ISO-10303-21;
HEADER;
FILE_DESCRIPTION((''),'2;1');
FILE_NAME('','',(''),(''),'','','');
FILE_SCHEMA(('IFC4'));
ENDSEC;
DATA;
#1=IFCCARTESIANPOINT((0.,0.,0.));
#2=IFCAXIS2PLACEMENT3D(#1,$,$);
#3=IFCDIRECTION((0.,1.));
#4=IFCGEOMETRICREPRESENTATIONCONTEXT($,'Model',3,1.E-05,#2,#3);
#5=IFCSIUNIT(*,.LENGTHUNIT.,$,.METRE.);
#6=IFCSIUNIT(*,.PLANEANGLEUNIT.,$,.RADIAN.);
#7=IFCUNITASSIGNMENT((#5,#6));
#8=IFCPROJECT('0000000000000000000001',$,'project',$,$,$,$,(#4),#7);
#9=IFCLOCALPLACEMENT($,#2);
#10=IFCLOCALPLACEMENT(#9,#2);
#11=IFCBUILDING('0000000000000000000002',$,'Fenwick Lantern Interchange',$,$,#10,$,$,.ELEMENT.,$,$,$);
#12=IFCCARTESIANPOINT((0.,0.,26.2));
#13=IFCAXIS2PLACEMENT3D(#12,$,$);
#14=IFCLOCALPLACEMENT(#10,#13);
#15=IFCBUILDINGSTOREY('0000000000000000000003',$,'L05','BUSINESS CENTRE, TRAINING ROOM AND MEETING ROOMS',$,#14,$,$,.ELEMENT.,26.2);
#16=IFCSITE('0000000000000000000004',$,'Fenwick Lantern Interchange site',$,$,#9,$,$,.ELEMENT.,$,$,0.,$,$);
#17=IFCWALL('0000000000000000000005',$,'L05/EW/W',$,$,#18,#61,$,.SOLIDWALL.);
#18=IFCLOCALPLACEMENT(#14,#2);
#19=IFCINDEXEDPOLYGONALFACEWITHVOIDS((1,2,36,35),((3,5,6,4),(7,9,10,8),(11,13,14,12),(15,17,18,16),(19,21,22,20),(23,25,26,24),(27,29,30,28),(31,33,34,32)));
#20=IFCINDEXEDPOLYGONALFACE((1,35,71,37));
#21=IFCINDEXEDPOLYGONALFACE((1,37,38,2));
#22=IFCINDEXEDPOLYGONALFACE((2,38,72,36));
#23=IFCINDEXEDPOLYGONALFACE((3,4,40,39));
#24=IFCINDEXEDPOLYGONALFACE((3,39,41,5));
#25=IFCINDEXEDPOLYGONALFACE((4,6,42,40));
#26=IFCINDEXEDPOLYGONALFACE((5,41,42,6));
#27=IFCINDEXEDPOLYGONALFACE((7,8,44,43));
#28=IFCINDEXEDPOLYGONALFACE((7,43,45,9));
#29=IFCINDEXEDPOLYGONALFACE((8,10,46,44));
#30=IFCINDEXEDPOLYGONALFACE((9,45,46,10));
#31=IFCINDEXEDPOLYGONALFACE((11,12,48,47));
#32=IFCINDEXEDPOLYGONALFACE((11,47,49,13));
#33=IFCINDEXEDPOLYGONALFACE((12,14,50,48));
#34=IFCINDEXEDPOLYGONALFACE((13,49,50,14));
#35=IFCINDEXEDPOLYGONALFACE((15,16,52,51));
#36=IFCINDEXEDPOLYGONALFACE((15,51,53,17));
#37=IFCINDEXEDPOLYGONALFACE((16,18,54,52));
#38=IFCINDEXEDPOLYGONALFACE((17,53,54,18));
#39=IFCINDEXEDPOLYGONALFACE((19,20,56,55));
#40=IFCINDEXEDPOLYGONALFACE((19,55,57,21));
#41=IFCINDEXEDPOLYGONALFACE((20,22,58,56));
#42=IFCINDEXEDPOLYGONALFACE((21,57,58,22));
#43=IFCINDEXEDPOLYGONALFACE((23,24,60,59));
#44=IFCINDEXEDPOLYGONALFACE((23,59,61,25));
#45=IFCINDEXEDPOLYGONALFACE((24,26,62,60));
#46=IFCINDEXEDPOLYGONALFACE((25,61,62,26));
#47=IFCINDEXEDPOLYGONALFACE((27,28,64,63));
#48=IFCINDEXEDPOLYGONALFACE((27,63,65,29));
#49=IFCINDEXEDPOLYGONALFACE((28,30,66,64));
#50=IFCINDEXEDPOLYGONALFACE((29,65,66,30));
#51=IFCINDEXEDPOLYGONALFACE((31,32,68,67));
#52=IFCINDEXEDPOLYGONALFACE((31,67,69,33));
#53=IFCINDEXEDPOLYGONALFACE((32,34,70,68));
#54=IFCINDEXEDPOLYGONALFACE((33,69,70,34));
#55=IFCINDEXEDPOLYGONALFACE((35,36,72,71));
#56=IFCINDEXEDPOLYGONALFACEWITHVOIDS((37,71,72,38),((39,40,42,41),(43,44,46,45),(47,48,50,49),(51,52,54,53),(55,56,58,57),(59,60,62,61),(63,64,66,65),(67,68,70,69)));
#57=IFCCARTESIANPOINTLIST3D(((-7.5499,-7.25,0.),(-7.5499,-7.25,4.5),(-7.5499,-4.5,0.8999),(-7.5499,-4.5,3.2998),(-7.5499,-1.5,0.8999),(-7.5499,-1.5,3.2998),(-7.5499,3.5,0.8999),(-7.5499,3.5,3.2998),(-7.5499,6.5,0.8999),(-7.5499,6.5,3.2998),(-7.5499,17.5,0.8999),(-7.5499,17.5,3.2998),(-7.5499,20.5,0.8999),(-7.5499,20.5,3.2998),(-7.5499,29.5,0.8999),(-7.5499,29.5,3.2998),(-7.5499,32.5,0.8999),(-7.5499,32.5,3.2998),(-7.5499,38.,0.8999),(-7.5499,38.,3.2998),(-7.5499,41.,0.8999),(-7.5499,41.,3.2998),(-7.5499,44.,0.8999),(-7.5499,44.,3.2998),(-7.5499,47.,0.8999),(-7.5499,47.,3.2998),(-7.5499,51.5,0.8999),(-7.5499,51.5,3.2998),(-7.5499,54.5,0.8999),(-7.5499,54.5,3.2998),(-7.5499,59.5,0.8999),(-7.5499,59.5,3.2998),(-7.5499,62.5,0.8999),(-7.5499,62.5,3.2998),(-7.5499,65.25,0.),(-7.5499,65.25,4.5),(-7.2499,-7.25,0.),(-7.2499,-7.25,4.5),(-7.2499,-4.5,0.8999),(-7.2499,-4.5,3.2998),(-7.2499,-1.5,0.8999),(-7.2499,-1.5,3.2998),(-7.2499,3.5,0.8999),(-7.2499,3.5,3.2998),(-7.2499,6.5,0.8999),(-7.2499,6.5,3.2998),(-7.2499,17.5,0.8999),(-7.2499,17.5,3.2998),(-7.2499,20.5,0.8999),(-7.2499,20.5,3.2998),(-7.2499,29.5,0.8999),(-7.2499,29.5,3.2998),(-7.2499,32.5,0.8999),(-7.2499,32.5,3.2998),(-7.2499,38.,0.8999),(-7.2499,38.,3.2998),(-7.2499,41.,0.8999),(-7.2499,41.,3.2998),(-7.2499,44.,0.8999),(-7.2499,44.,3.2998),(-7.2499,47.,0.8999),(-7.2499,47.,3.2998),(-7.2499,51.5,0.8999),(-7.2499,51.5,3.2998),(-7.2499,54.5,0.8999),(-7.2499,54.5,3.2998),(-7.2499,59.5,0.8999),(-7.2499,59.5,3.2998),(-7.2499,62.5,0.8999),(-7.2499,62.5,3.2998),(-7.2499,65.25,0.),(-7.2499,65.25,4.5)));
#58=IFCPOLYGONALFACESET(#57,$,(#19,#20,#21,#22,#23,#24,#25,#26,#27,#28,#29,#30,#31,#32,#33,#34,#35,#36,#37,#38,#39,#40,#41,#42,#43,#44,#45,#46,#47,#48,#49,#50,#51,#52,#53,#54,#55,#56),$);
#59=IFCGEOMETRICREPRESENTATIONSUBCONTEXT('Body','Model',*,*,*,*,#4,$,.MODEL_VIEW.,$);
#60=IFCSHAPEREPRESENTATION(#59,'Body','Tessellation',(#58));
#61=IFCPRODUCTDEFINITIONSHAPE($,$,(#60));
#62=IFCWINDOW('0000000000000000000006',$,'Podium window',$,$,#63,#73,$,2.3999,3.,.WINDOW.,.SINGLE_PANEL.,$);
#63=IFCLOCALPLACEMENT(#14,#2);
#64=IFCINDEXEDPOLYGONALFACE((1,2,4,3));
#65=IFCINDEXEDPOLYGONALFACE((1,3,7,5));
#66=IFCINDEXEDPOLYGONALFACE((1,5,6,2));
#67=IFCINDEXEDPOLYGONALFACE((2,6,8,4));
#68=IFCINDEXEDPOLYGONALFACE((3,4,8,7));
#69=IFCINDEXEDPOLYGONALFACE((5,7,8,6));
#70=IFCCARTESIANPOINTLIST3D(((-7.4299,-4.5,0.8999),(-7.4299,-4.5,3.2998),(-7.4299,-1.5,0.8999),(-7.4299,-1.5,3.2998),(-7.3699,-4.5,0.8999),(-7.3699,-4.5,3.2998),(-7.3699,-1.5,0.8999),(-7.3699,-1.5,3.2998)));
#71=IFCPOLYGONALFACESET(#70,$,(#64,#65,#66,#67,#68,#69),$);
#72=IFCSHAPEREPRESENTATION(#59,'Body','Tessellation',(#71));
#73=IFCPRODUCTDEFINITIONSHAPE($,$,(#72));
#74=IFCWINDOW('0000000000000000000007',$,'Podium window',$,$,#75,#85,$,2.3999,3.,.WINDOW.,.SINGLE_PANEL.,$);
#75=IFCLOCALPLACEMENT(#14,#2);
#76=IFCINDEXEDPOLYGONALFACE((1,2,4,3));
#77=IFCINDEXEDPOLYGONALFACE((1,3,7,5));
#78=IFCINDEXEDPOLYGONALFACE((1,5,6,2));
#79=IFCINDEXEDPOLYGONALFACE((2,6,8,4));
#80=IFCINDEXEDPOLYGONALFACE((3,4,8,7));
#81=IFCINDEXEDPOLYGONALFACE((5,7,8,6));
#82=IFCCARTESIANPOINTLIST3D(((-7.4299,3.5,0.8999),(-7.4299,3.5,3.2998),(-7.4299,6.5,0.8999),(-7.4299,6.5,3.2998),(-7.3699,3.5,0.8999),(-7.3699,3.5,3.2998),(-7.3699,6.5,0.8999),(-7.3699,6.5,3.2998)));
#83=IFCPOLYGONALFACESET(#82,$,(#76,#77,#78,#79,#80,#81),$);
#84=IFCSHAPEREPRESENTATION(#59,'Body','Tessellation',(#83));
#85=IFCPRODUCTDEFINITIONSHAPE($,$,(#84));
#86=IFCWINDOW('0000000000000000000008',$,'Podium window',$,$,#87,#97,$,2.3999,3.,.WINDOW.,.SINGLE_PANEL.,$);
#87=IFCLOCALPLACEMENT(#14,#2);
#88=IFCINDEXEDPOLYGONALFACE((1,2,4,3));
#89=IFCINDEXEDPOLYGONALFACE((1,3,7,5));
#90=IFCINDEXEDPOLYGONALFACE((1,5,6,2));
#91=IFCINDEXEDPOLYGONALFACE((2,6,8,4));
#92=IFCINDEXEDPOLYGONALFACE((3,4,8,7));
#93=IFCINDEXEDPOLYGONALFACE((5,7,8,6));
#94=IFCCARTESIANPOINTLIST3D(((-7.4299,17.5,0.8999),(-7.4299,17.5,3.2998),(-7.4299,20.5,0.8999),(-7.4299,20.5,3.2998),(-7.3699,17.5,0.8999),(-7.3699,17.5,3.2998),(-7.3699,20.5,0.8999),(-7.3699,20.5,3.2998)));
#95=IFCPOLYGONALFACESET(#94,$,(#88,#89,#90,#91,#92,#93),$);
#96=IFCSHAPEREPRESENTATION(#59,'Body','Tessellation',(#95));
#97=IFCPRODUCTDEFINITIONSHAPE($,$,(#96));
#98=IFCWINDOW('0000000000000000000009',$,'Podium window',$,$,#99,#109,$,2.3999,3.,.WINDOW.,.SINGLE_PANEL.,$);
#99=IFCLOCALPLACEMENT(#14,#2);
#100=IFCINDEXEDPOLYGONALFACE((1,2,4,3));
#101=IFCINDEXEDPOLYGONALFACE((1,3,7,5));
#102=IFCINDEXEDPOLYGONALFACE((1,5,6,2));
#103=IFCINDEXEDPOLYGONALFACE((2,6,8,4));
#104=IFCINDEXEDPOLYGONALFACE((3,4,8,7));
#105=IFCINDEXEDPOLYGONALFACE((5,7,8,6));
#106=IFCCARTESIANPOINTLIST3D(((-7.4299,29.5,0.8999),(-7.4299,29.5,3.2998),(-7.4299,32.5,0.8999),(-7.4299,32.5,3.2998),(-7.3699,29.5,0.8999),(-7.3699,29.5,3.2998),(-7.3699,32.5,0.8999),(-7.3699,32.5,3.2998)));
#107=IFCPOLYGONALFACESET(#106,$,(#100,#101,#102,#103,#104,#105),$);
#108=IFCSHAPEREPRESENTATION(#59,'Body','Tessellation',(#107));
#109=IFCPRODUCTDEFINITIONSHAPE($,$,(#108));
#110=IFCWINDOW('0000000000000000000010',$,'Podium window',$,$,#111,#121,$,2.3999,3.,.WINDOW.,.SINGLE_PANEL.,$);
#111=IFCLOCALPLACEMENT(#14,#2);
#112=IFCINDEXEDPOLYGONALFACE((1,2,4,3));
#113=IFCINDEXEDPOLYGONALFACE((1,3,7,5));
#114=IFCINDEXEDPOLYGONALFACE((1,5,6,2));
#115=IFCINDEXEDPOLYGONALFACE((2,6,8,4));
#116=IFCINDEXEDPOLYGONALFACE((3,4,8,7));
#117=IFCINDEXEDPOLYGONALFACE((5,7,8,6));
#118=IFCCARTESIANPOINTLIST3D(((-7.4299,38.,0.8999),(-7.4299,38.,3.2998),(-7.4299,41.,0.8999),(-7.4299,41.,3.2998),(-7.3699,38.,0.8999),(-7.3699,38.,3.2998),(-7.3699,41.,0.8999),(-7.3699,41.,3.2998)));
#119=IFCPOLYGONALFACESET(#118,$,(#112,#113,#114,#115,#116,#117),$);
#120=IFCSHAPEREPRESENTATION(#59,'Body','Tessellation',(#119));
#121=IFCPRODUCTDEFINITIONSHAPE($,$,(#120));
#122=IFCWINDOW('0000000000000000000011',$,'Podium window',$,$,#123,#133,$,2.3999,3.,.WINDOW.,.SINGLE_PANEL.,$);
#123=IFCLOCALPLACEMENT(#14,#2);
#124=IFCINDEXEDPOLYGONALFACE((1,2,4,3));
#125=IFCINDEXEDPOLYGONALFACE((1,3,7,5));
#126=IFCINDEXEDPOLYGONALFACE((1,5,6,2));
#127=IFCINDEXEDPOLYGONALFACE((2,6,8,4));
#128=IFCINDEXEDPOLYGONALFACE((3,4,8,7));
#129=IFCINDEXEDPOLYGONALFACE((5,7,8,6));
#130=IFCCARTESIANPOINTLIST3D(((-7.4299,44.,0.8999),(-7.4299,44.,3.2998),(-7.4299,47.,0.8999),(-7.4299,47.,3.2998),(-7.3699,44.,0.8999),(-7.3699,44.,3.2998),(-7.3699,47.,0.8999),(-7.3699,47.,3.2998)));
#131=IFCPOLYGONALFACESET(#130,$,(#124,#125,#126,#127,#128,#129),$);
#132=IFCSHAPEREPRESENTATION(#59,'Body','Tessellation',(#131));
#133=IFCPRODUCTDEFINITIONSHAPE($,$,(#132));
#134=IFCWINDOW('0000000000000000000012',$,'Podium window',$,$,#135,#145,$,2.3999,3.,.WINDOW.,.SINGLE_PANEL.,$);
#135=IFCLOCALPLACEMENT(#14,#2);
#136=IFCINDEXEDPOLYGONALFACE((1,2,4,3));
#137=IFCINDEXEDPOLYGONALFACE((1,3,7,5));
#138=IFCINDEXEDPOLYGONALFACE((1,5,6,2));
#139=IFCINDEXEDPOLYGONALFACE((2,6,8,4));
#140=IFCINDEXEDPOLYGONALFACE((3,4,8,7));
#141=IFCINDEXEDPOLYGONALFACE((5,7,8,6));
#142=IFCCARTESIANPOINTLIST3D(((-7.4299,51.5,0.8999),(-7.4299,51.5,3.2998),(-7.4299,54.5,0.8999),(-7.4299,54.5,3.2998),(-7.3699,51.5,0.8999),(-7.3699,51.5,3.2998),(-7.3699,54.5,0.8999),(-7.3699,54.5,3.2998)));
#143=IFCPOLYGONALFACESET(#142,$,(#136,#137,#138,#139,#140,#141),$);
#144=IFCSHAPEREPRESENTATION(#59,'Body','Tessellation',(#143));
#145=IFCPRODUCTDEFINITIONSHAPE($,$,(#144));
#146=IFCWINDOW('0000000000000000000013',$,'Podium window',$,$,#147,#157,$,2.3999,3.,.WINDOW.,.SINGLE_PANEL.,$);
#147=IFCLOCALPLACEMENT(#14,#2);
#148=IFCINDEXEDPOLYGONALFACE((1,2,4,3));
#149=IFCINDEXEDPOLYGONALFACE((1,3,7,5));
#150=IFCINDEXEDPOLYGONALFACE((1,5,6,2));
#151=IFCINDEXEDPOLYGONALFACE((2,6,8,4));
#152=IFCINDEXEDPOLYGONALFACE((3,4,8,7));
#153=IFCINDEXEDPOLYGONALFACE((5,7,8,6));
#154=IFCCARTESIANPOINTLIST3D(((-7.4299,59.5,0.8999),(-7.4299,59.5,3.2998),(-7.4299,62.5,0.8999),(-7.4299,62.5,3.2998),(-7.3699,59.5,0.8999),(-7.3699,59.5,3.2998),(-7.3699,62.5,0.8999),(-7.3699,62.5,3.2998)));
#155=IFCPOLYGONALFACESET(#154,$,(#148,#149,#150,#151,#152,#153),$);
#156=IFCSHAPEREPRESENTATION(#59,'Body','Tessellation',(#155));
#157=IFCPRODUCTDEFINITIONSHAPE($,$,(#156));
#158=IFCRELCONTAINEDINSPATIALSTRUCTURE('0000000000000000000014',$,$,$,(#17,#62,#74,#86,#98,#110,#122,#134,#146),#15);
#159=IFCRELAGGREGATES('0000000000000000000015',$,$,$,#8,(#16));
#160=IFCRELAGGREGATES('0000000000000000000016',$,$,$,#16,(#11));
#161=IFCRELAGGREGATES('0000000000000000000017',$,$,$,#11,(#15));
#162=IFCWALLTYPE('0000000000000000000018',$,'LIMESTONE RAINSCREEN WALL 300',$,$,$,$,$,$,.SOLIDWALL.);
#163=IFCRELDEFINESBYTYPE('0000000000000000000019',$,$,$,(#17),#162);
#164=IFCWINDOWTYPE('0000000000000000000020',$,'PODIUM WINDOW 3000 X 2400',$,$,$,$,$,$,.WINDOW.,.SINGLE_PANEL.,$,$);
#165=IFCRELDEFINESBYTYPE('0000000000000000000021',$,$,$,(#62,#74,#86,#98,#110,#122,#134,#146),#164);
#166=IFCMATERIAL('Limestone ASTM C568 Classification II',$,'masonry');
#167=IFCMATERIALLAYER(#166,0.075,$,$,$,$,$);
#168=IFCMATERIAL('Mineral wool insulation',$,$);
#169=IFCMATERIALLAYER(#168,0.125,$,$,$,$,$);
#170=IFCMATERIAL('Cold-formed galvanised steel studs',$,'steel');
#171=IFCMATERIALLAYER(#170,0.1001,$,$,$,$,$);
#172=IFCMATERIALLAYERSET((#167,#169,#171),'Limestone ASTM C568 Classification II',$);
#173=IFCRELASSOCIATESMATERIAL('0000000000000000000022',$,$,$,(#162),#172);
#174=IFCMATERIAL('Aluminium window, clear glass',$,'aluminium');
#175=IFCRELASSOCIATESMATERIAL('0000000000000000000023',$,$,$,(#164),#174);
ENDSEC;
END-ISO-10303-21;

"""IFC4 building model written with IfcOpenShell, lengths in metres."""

from ifc_helpers import new_model, si_unit, direction, frame, frame_2d, origin, place, context, subcontext, project, spatial, rectangle, extrude, material, layer, layer_set, type_object, element, fill, save


model = new_model("IFC4")

# Units and contexts
model_context = context("Model", 3, precision=1e-05, world=origin(), true_north=direction((0.0, 1.0)))
body_context = subcontext(model_context, "Body", "Model", "MODEL_VIEW")
ifc_project = project(units=[si_unit("LENGTHUNIT", "METRE"), si_unit("PLANEANGLEUNIT", "RADIAN")], contexts=[model_context])

# Site, building, storey
site_placement = place(None, origin())
site = spatial("IfcSite", under=ifc_project, at=site_placement, Name="Fenwick Lantern Interchange site", CompositionType="ELEMENT", RefElevation=0.0)
building_placement = place(site_placement, origin())
building = spatial("IfcBuilding", under=site, at=building_placement, Name="Fenwick Lantern Interchange", CompositionType="ELEMENT")
storey_placement = place(building_placement, frame((0.0, 0.0, 26.2)))
storey = spatial("IfcBuildingStorey", under=building, at=storey_placement, Name="L05", Description="BUSINESS CENTRE, TRAINING ROOM AND MEETING ROOMS", CompositionType="ELEMENT", Elevation=26.2)

# Wall, openings, windows
ifc_material_1 = material(Name="Limestone ASTM C568 Classification II", Category="masonry")
ifc_layer_1 = layer(ifc_material_1, 0.075)
ifc_material_2 = material(Name="Mineral wool insulation")
ifc_layer_2 = layer(ifc_material_2, 0.125)
ifc_material_3 = material(Name="Cold-formed galvanised steel studs", Category="steel")
ifc_layer_3 = layer(ifc_material_3, 0.1001)
ifc_layer_set_1 = layer_set([ifc_layer_1, ifc_layer_2, ifc_layer_3], Name="Limestone ASTM C568 Classification II")
wall_type_1 = type_object("IfcWallType", Name="LIMESTONE RAINSCREEN WALL 300", PredefinedType="SOLIDWALL", material=ifc_layer_set_1)
wall_1_placement = place(storey_placement, frame((-7.3999, 65.25, 0.0), z_axis=(0.0, 0.0, 1.0), x_axis=(0.0, -1.0, 0.0)))
wall_1 = element("IfcWall", 1, at=wall_1_placement, inside=storey, type_object=wall_type_1, Name="L05/EW/W", PredefinedType="SOLIDWALL", context=body_context, shape_type="SweptSolid", body=[
    extrude(rectangle(XDim=72.5, YDim=0.3, at=frame_2d((36.25, 0.0))), origin(), (0.0, 0.0, 1.0), 4.5),
])
opening_1_placement = place(wall_1_placement, frame((66.75, 0.0, 0.8999)))
opening_1 = element("IfcOpeningElement", 2, at=opening_1_placement, cuts=wall_1, PredefinedType="OPENING", context=body_context, shape_type="SweptSolid", body=[
    extrude(rectangle(XDim=3.0, YDim=2.3999, at=frame_2d((1.5, 1.2))), frame((0.0, 0.1599, 0.0), z_axis=(0.0, -1.0, 0.0), x_axis=(1.0, 0.0, 0.0)), (0.0, 0.0, 1.0), 0.3201),
])
opening_2_placement = place(wall_1_placement, frame((58.75, 0.0, 0.8999)))
opening_2 = element("IfcOpeningElement", 3, at=opening_2_placement, cuts=wall_1, PredefinedType="OPENING", context=body_context, shape_type="SweptSolid", body=[
    extrude(rectangle(XDim=3.0, YDim=2.3999, at=frame_2d((1.5, 1.2))), frame((0.0, 0.1599, 0.0), z_axis=(0.0, -1.0, 0.0), x_axis=(1.0, 0.0, 0.0)), (0.0, 0.0, 1.0), 0.3201),
])
opening_3_placement = place(wall_1_placement, frame((44.75, 0.0, 0.8999)))
opening_3 = element("IfcOpeningElement", 4, at=opening_3_placement, cuts=wall_1, PredefinedType="OPENING", context=body_context, shape_type="SweptSolid", body=[
    extrude(rectangle(XDim=3.0, YDim=2.3999, at=frame_2d((1.5, 1.2))), frame((0.0, 0.1599, 0.0), z_axis=(0.0, -1.0, 0.0), x_axis=(1.0, 0.0, 0.0)), (0.0, 0.0, 1.0), 0.3201),
])
opening_4_placement = place(wall_1_placement, frame((32.75, 0.0, 0.8999)))
opening_4 = element("IfcOpeningElement", 5, at=opening_4_placement, cuts=wall_1, PredefinedType="OPENING", context=body_context, shape_type="SweptSolid", body=[
    extrude(rectangle(XDim=3.0, YDim=2.3999, at=frame_2d((1.5, 1.2))), frame((0.0, 0.1599, 0.0), z_axis=(0.0, -1.0, 0.0), x_axis=(1.0, 0.0, 0.0)), (0.0, 0.0, 1.0), 0.3201),
])
opening_5_placement = place(wall_1_placement, frame((24.25, 0.0, 0.8999)))
opening_5 = element("IfcOpeningElement", 6, at=opening_5_placement, cuts=wall_1, PredefinedType="OPENING", context=body_context, shape_type="SweptSolid", body=[
    extrude(rectangle(XDim=3.0, YDim=2.3999, at=frame_2d((1.5, 1.2))), frame((0.0, 0.1599, 0.0), z_axis=(0.0, -1.0, 0.0), x_axis=(1.0, 0.0, 0.0)), (0.0, 0.0, 1.0), 0.3201),
])
opening_6_placement = place(wall_1_placement, frame((18.25, 0.0, 0.8999)))
opening_6 = element("IfcOpeningElement", 7, at=opening_6_placement, cuts=wall_1, PredefinedType="OPENING", context=body_context, shape_type="SweptSolid", body=[
    extrude(rectangle(XDim=3.0, YDim=2.3999, at=frame_2d((1.5, 1.2))), frame((0.0, 0.1599, 0.0), z_axis=(0.0, -1.0, 0.0), x_axis=(1.0, 0.0, 0.0)), (0.0, 0.0, 1.0), 0.3201),
])
opening_7_placement = place(wall_1_placement, frame((10.75, 0.0, 0.8999)))
opening_7 = element("IfcOpeningElement", 8, at=opening_7_placement, cuts=wall_1, PredefinedType="OPENING", context=body_context, shape_type="SweptSolid", body=[
    extrude(rectangle(XDim=3.0, YDim=2.3999, at=frame_2d((1.5, 1.2))), frame((0.0, 0.1599, 0.0), z_axis=(0.0, -1.0, 0.0), x_axis=(1.0, 0.0, 0.0)), (0.0, 0.0, 1.0), 0.3201),
])
opening_8_placement = place(wall_1_placement, frame((2.75, 0.0, 0.8999)))
opening_8 = element("IfcOpeningElement", 9, at=opening_8_placement, cuts=wall_1, PredefinedType="OPENING", context=body_context, shape_type="SweptSolid", body=[
    extrude(rectangle(XDim=3.0, YDim=2.3999, at=frame_2d((1.5, 1.2))), frame((0.0, 0.1599, 0.0), z_axis=(0.0, -1.0, 0.0), x_axis=(1.0, 0.0, 0.0)), (0.0, 0.0, 1.0), 0.3201),
])
ifc_material_4 = material(Name="Aluminium window, clear glass", Category="aluminium")
window_type = type_object("IfcWindowType", Name="PODIUM WINDOW 3000 X 2400", PartitioningType="SINGLE_PANEL", PredefinedType="WINDOW", material=ifc_material_4)
window_1_placement = place(opening_1_placement, origin())
window_1 = element("IfcWindow", 10, at=window_1_placement, inside=storey, type_object=window_type, Name="Podium window", OverallHeight=2.3999, OverallWidth=3.0, PartitioningType="SINGLE_PANEL", PredefinedType="WINDOW", context=body_context, shape_type="SweptSolid", body=[
    extrude(rectangle(XDim=3.0, YDim=2.3999, at=frame_2d((1.5, 1.2))), frame((0.0, 0.03, 0.0), z_axis=(0.0, -1.0, 0.0), x_axis=(1.0, 0.0, 0.0)), (0.0, 0.0, 1.0), 0.0601),
])
fill(opening_1, window_1)
window_2_placement = place(opening_2_placement, origin())
window_2 = element("IfcWindow", 11, at=window_2_placement, inside=storey, type_object=window_type, Name="Podium window", OverallHeight=2.3999, OverallWidth=3.0, PartitioningType="SINGLE_PANEL", PredefinedType="WINDOW", context=body_context, shape_type="SweptSolid", body=[
    extrude(rectangle(XDim=3.0, YDim=2.3999, at=frame_2d((1.5, 1.2))), frame((0.0, 0.03, 0.0), z_axis=(0.0, -1.0, 0.0), x_axis=(1.0, 0.0, 0.0)), (0.0, 0.0, 1.0), 0.0601),
])
fill(opening_2, window_2)
window_3_placement = place(opening_3_placement, origin())
window_3 = element("IfcWindow", 12, at=window_3_placement, inside=storey, type_object=window_type, Name="Podium window", OverallHeight=2.3999, OverallWidth=3.0, PartitioningType="SINGLE_PANEL", PredefinedType="WINDOW", context=body_context, shape_type="SweptSolid", body=[
    extrude(rectangle(XDim=3.0, YDim=2.3999, at=frame_2d((1.5, 1.2))), frame((0.0, 0.03, 0.0), z_axis=(0.0, -1.0, 0.0), x_axis=(1.0, 0.0, 0.0)), (0.0, 0.0, 1.0), 0.0601),
])
fill(opening_3, window_3)
window_4_placement = place(opening_4_placement, origin())
window_4 = element("IfcWindow", 13, at=window_4_placement, inside=storey, type_object=window_type, Name="Podium window", OverallHeight=2.3999, OverallWidth=3.0, PartitioningType="SINGLE_PANEL", PredefinedType="WINDOW", context=body_context, shape_type="SweptSolid", body=[
    extrude(rectangle(XDim=3.0, YDim=2.3999, at=frame_2d((1.5, 1.2))), frame((0.0, 0.03, 0.0), z_axis=(0.0, -1.0, 0.0), x_axis=(1.0, 0.0, 0.0)), (0.0, 0.0, 1.0), 0.0601),
])
fill(opening_4, window_4)
window_5_placement = place(opening_5_placement, origin())
window_5 = element("IfcWindow", 14, at=window_5_placement, inside=storey, type_object=window_type, Name="Podium window", OverallHeight=2.3999, OverallWidth=3.0, PartitioningType="SINGLE_PANEL", PredefinedType="WINDOW", context=body_context, shape_type="SweptSolid", body=[
    extrude(rectangle(XDim=3.0, YDim=2.3999, at=frame_2d((1.5, 1.2))), frame((0.0, 0.03, 0.0), z_axis=(0.0, -1.0, 0.0), x_axis=(1.0, 0.0, 0.0)), (0.0, 0.0, 1.0), 0.0601),
])
fill(opening_5, window_5)
window_6_placement = place(opening_6_placement, origin())
window_6 = element("IfcWindow", 15, at=window_6_placement, inside=storey, type_object=window_type, Name="Podium window", OverallHeight=2.3999, OverallWidth=3.0, PartitioningType="SINGLE_PANEL", PredefinedType="WINDOW", context=body_context, shape_type="SweptSolid", body=[
    extrude(rectangle(XDim=3.0, YDim=2.3999, at=frame_2d((1.5, 1.2))), frame((0.0, 0.03, 0.0), z_axis=(0.0, -1.0, 0.0), x_axis=(1.0, 0.0, 0.0)), (0.0, 0.0, 1.0), 0.0601),
])
fill(opening_6, window_6)
window_7_placement = place(opening_7_placement, origin())
window_7 = element("IfcWindow", 16, at=window_7_placement, inside=storey, type_object=window_type, Name="Podium window", OverallHeight=2.3999, OverallWidth=3.0, PartitioningType="SINGLE_PANEL", PredefinedType="WINDOW", context=body_context, shape_type="SweptSolid", body=[
    extrude(rectangle(XDim=3.0, YDim=2.3999, at=frame_2d((1.5, 1.2))), frame((0.0, 0.03, 0.0), z_axis=(0.0, -1.0, 0.0), x_axis=(1.0, 0.0, 0.0)), (0.0, 0.0, 1.0), 0.0601),
])
fill(opening_7, window_7)
window_8_placement = place(opening_8_placement, origin())
window_8 = element("IfcWindow", 17, at=window_8_placement, inside=storey, type_object=window_type, Name="Podium window", OverallHeight=2.3999, OverallWidth=3.0, PartitioningType="SINGLE_PANEL", PredefinedType="WINDOW", context=body_context, shape_type="SweptSolid", body=[
    extrude(rectangle(XDim=3.0, YDim=2.3999, at=frame_2d((1.5, 1.2))), frame((0.0, 0.03, 0.0), z_axis=(0.0, -1.0, 0.0), x_axis=(1.0, 0.0, 0.0)), (0.0, 0.0, 1.0), 0.0601),
])
fill(opening_8, window_8)

save(model, "model.ifc")
